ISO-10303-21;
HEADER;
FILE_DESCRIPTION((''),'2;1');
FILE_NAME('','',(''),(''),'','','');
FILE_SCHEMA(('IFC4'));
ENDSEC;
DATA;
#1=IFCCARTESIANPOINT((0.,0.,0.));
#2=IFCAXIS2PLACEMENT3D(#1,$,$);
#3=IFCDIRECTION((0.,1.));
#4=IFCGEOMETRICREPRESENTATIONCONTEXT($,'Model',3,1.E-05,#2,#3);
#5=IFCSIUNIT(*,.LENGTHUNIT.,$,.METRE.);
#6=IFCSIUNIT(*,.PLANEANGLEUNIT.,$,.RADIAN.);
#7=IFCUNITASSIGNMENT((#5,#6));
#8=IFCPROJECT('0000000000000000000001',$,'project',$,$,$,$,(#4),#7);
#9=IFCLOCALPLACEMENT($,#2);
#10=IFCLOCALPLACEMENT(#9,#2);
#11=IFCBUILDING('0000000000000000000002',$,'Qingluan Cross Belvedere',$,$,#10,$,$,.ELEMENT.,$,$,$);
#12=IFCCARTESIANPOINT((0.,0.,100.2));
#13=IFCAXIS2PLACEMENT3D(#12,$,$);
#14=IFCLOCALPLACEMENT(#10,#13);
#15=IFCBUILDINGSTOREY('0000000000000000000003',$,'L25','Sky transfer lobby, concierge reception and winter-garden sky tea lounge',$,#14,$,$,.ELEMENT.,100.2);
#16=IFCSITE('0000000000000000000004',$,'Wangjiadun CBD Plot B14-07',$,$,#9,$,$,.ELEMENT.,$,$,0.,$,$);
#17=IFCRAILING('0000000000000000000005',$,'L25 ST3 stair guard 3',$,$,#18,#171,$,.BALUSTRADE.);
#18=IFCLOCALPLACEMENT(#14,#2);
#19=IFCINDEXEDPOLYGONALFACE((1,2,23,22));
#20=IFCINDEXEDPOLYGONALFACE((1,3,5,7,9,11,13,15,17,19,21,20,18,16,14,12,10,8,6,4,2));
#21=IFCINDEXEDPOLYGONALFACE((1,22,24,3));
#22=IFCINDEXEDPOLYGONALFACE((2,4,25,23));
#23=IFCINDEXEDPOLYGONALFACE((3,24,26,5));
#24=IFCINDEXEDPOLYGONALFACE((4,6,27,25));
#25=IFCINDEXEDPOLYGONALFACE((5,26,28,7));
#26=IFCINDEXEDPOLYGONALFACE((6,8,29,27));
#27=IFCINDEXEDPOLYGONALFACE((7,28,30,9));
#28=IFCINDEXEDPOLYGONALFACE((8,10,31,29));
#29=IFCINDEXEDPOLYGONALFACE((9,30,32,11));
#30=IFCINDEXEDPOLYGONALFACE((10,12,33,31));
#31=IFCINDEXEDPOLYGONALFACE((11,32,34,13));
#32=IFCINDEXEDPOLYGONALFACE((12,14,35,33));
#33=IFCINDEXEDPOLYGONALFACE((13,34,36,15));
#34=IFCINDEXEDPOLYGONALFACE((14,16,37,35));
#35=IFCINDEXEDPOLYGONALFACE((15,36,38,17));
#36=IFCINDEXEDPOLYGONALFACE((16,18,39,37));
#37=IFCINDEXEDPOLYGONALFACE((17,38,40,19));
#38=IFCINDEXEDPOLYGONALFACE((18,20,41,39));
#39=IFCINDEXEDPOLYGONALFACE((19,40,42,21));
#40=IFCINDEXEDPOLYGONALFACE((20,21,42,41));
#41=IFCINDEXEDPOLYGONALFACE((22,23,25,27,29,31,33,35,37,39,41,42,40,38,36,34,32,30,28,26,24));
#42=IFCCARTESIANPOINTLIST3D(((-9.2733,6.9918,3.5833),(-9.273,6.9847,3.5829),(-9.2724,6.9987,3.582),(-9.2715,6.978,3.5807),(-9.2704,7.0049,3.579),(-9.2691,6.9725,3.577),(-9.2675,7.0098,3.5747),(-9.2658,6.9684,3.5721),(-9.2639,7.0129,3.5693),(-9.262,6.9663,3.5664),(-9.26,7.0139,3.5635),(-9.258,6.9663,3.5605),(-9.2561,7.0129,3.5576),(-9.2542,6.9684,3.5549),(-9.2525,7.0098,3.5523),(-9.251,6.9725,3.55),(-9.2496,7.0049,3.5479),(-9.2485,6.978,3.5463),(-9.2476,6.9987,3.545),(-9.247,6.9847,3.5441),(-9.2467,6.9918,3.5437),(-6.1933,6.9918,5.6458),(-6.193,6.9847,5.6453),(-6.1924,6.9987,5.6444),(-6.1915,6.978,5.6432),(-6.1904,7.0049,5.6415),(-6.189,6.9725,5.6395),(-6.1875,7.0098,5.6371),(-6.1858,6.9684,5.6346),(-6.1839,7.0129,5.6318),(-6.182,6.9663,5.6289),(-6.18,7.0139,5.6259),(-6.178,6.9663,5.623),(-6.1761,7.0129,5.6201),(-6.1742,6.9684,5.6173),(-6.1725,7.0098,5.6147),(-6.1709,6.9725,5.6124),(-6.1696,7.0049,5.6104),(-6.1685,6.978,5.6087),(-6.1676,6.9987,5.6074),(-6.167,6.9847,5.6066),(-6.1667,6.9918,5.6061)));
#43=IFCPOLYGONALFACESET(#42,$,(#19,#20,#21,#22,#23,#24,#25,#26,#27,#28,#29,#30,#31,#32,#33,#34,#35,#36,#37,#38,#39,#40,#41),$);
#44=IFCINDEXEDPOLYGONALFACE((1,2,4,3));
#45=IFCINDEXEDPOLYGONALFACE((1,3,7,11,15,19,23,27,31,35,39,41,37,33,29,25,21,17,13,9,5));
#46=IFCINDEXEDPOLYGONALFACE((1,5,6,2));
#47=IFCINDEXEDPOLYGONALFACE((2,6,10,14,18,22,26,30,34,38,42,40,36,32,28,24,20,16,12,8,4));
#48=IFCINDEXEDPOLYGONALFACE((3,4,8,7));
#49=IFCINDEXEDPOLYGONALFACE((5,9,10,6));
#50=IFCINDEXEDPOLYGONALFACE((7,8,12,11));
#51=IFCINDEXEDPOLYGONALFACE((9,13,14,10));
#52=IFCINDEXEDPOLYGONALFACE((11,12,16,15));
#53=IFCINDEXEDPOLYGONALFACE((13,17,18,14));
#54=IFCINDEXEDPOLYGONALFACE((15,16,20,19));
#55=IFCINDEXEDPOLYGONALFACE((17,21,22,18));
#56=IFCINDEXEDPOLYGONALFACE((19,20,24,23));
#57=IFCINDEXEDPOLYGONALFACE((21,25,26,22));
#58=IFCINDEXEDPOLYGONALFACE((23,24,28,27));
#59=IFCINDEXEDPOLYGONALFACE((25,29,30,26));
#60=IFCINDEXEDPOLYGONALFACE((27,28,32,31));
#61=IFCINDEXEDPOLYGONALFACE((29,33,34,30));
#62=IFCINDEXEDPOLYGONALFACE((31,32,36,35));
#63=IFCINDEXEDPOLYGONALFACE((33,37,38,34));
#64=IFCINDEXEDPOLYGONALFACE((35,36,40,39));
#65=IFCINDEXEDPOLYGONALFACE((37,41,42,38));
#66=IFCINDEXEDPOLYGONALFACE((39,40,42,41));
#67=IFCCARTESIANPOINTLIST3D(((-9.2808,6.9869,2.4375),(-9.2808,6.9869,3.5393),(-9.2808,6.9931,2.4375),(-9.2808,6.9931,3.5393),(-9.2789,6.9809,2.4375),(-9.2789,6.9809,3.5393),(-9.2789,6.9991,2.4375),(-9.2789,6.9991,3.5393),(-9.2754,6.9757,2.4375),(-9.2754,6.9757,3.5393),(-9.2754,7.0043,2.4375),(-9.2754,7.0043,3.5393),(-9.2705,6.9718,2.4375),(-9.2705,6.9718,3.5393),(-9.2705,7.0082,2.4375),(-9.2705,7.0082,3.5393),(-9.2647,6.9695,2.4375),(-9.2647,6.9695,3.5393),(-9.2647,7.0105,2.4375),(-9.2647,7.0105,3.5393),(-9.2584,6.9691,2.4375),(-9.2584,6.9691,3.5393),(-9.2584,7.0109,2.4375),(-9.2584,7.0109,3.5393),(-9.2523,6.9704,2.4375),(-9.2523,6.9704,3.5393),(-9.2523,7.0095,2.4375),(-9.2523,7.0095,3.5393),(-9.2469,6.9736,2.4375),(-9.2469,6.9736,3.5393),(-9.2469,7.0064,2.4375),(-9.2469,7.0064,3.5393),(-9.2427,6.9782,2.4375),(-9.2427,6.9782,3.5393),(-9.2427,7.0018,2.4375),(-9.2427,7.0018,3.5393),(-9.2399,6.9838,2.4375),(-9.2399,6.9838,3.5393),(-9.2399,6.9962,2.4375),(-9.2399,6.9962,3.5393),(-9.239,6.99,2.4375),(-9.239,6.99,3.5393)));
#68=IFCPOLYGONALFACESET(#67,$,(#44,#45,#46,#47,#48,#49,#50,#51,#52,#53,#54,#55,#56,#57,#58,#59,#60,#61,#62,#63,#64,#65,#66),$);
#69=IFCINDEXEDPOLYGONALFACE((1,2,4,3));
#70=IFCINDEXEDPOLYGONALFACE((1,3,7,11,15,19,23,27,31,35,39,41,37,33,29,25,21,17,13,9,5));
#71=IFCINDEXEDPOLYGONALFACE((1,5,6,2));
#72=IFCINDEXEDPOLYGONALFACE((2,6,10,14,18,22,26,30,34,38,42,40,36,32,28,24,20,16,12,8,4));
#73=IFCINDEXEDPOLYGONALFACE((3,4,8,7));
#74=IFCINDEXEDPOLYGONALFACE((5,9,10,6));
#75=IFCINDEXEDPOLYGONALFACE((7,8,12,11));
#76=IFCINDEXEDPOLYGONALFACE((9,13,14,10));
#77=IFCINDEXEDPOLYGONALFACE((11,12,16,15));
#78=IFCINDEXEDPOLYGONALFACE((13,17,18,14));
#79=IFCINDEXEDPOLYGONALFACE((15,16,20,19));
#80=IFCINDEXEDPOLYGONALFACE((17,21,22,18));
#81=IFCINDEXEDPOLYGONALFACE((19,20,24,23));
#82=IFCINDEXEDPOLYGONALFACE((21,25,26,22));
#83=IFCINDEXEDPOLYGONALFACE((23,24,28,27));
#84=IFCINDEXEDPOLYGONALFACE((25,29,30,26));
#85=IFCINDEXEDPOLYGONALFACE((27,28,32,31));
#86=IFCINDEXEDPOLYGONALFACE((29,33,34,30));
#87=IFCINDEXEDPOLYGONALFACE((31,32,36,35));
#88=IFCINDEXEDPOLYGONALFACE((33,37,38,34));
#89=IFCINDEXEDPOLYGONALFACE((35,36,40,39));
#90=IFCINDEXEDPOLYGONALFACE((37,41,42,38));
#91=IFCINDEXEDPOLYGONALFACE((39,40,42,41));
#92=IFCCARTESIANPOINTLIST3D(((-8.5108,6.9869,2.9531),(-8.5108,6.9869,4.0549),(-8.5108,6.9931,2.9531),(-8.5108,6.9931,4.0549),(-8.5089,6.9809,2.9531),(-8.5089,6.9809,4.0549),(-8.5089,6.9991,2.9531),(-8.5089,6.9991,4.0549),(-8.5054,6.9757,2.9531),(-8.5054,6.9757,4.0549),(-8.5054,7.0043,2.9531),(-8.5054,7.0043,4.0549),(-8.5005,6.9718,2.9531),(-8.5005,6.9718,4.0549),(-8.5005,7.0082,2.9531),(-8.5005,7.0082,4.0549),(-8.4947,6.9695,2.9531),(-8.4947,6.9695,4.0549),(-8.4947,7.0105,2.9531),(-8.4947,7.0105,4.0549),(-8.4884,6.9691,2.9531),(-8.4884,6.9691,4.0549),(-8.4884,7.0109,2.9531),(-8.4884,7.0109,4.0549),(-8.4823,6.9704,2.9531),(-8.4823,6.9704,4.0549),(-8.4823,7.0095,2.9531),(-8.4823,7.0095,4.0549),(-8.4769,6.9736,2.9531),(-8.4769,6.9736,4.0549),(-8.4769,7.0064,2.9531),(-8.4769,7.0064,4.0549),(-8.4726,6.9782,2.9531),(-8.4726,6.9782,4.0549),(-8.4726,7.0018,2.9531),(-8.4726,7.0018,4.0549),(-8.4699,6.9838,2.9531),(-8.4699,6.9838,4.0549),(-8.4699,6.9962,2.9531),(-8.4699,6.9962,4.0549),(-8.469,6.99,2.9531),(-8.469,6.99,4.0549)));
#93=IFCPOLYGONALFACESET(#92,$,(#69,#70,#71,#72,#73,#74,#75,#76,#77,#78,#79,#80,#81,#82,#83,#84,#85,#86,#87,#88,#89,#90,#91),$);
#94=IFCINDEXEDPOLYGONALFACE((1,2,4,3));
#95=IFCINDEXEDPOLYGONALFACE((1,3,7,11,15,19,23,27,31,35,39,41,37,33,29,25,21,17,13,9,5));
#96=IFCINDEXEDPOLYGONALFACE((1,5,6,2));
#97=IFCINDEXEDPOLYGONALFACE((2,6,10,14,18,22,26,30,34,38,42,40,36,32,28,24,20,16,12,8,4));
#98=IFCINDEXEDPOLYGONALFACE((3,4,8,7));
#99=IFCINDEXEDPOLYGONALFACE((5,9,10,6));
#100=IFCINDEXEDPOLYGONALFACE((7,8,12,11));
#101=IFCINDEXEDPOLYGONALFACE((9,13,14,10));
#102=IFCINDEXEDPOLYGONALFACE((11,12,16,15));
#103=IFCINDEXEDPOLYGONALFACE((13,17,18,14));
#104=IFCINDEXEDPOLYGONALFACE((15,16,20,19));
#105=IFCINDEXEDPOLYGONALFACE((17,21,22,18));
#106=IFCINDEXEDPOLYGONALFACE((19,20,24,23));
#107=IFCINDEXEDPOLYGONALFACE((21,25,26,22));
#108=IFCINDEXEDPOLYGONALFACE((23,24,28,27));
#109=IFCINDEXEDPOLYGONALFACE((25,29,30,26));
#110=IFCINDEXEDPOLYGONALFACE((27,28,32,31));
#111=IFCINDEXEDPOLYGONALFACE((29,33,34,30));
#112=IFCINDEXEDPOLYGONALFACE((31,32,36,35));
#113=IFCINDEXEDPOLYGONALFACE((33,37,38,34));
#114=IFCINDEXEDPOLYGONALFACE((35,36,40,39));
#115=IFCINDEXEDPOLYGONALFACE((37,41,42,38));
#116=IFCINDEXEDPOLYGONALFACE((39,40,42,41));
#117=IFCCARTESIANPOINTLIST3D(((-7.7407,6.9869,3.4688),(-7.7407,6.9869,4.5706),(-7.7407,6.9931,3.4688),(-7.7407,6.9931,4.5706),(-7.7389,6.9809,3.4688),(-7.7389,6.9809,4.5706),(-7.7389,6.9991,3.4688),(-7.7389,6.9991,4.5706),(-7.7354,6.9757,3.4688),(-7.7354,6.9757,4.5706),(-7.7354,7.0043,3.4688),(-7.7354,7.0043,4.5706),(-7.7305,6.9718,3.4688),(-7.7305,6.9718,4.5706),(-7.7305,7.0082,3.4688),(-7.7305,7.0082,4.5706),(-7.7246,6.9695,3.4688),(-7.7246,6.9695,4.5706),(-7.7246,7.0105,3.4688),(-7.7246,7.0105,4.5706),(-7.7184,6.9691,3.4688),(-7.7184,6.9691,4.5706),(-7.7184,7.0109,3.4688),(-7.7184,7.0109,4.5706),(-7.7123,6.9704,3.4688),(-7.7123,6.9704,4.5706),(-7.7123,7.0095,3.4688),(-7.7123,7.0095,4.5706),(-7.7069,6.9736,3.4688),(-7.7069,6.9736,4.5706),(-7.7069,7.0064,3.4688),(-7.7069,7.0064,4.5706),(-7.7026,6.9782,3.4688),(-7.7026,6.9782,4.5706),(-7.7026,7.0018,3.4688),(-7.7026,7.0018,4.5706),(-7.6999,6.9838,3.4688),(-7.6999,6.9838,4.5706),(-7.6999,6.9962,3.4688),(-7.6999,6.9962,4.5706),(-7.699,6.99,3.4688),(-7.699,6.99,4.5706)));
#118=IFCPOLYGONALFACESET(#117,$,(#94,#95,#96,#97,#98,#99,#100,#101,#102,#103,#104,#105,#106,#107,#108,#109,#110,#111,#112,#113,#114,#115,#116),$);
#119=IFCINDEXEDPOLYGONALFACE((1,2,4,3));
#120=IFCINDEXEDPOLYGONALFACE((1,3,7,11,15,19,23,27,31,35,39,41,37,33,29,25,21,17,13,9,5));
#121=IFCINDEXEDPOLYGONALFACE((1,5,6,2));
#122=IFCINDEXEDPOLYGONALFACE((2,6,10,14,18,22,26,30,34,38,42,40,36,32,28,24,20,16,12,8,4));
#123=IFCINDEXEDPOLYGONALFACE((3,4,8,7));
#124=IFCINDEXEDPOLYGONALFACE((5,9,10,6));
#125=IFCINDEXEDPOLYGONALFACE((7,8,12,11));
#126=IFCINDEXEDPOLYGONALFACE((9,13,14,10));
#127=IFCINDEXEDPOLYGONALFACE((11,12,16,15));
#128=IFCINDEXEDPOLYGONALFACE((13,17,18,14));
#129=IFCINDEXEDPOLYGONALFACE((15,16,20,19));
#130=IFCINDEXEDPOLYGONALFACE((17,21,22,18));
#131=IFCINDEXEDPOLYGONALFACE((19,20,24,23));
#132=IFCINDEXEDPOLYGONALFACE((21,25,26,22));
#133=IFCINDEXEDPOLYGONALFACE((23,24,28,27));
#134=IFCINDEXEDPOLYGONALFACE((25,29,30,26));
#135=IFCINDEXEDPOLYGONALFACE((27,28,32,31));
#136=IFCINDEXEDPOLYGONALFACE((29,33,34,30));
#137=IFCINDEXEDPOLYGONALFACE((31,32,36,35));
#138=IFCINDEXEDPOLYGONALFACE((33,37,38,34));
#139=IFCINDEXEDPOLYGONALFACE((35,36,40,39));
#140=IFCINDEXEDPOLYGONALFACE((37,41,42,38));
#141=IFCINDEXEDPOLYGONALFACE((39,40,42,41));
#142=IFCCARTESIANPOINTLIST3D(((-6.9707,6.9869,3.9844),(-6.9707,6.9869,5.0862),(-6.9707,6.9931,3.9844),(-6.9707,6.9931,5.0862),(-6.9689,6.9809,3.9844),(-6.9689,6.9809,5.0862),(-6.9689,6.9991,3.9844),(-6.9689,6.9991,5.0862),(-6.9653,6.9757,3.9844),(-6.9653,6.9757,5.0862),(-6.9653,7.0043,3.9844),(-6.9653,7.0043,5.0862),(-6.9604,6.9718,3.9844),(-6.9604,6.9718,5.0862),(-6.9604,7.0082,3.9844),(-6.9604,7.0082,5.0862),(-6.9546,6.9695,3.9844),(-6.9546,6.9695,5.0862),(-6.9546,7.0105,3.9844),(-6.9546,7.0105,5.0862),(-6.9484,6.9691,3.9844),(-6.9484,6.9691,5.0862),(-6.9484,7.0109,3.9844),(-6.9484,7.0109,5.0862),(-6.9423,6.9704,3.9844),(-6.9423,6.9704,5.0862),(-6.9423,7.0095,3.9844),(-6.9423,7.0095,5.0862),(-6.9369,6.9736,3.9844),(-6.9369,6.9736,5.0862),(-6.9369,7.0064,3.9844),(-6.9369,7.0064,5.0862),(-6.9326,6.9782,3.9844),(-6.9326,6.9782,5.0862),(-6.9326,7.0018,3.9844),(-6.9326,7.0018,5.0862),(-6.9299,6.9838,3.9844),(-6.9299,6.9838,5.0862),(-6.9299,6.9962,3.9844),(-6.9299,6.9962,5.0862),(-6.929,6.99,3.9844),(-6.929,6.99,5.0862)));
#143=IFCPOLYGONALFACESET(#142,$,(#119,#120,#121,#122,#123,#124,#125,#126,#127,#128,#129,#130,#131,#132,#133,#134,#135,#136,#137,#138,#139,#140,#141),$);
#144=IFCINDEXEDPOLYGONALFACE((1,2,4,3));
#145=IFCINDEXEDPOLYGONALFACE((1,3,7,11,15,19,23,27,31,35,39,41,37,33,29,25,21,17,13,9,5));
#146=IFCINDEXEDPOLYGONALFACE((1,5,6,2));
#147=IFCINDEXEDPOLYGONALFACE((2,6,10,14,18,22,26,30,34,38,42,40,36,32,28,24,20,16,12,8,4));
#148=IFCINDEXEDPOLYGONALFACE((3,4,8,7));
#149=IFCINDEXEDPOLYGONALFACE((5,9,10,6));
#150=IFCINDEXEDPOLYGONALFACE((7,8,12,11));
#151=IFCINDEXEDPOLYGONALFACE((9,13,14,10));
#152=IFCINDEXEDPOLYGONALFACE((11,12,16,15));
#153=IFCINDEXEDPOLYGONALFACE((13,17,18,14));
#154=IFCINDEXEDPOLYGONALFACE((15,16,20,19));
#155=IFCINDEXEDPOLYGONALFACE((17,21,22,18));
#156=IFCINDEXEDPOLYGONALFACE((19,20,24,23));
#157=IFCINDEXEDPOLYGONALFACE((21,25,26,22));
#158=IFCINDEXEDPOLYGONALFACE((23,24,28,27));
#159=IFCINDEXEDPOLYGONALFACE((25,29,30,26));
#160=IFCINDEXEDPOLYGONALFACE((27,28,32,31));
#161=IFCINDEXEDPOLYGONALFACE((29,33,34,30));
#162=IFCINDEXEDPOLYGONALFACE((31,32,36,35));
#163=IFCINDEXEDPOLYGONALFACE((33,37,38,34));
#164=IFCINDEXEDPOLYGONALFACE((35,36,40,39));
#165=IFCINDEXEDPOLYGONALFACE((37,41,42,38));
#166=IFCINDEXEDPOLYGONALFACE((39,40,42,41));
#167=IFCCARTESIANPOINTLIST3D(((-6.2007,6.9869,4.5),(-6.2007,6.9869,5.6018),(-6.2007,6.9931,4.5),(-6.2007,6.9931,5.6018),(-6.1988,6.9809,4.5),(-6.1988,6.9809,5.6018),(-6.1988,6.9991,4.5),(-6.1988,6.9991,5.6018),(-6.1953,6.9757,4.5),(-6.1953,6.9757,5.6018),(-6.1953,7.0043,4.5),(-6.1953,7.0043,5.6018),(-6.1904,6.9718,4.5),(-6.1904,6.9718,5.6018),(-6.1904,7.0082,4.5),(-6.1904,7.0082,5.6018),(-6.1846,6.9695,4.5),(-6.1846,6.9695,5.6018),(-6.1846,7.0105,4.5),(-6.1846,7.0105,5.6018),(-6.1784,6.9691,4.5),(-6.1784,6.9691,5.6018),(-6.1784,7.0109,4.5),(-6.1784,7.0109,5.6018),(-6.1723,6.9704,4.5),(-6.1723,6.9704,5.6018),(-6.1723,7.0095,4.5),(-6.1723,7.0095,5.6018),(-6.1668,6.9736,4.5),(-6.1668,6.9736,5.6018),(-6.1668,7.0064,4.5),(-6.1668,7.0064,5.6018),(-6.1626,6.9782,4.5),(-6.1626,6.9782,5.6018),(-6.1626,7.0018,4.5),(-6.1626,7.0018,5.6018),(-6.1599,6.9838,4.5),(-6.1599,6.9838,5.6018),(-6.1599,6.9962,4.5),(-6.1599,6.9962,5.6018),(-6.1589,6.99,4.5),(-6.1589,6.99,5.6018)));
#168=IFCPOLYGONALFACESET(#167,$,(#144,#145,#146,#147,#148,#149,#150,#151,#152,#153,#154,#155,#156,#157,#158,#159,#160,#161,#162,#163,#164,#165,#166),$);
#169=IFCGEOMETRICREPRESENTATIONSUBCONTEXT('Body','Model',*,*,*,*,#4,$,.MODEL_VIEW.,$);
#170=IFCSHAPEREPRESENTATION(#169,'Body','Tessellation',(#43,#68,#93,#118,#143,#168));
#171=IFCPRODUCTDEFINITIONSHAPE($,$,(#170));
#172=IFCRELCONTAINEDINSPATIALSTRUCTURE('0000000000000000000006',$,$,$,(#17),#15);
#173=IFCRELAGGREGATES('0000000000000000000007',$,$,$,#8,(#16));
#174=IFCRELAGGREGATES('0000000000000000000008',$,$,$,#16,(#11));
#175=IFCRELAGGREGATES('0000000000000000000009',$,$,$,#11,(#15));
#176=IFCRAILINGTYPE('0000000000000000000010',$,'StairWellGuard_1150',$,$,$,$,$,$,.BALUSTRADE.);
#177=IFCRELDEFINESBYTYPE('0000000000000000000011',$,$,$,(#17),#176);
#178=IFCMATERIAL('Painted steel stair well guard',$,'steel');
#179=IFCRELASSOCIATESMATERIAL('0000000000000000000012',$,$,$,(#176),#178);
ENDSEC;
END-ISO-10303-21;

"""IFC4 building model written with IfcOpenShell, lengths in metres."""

from ifc_helpers import new_model, si_unit, direction, frame, origin, origin_2d, place, context, subcontext, project, spatial, circle, extrude, material, type_object, element, save


model = new_model("IFC4")

# Units and contexts
model_context = context("Model", 3, precision=1e-05, world=origin(), true_north=direction((0.0, 1.0)))
body_context = subcontext(model_context, "Body", "Model", "MODEL_VIEW")
ifc_project = project(units=[si_unit("LENGTHUNIT", "METRE"), si_unit("PLANEANGLEUNIT", "RADIAN")], contexts=[model_context])

# Site, building, storey
site_placement = place(None, origin())
site = spatial("IfcSite", under=ifc_project, at=site_placement, Name="Wangjiadun CBD Plot B14-07", CompositionType="ELEMENT", RefElevation=0.0)
building_placement = place(site_placement, origin())
building = spatial("IfcBuilding", under=site, at=building_placement, Name="Qingluan Cross Belvedere", CompositionType="ELEMENT")
storey_placement = place(building_placement, frame((0.0, 0.0, 100.2)))
storey = spatial("IfcBuildingStorey", under=building, at=storey_placement, Name="L25", Description="Sky transfer lobby, concierge reception and winter-garden sky tea lounge", CompositionType="ELEMENT", Elevation=100.2)

# Railing
ifc_material_1 = material(Name="Painted steel stair well guard", Category="steel")
railing_type_1 = type_object("IfcRailingType", Name="StairWellGuard_1150", PredefinedType="BALUSTRADE", material=ifc_material_1)
railing_1_placement = place(storey_placement, frame((-9.26, 6.99, 2.4375)))
element("IfcRailing", 1, at=railing_1_placement, inside=storey, type_object=railing_type_1, Name="L25 ST3 stair guard 3", PredefinedType="BALUSTRADE", context=body_context, shape_type="SweptSolid", body=[
    extrude(circle(Radius=0.0239, at=origin_2d()), frame((0.0, 0.0, 1.126), z_axis=(0.830914, 0.0, 0.556401), x_axis=(0.0, 1.0, 0.0)), (0.0, 0.0, 1.0), 3.7068),
    extrude(circle(Radius=0.021, at=origin_2d()), origin(), (0.0, 0.0, 1.0), 1.1018),
    extrude(circle(Radius=0.021, at=origin_2d()), frame((0.77, 0.0, 0.5156)), (0.0, 0.0, 1.0), 1.1018),
    extrude(circle(Radius=0.021, at=origin_2d()), frame((1.54, 0.0, 1.0312)), (0.0, 0.0, 1.0), 1.1018),
    extrude(circle(Radius=0.021, at=origin_2d()), frame((2.3101, 0.0, 1.5469)), (0.0, 0.0, 1.0), 1.1018),
    extrude(circle(Radius=0.021, at=origin_2d()), frame((3.0801, 0.0, 2.0625)), (0.0, 0.0, 1.0), 1.1018),
])

save(model, "model.ifc")
